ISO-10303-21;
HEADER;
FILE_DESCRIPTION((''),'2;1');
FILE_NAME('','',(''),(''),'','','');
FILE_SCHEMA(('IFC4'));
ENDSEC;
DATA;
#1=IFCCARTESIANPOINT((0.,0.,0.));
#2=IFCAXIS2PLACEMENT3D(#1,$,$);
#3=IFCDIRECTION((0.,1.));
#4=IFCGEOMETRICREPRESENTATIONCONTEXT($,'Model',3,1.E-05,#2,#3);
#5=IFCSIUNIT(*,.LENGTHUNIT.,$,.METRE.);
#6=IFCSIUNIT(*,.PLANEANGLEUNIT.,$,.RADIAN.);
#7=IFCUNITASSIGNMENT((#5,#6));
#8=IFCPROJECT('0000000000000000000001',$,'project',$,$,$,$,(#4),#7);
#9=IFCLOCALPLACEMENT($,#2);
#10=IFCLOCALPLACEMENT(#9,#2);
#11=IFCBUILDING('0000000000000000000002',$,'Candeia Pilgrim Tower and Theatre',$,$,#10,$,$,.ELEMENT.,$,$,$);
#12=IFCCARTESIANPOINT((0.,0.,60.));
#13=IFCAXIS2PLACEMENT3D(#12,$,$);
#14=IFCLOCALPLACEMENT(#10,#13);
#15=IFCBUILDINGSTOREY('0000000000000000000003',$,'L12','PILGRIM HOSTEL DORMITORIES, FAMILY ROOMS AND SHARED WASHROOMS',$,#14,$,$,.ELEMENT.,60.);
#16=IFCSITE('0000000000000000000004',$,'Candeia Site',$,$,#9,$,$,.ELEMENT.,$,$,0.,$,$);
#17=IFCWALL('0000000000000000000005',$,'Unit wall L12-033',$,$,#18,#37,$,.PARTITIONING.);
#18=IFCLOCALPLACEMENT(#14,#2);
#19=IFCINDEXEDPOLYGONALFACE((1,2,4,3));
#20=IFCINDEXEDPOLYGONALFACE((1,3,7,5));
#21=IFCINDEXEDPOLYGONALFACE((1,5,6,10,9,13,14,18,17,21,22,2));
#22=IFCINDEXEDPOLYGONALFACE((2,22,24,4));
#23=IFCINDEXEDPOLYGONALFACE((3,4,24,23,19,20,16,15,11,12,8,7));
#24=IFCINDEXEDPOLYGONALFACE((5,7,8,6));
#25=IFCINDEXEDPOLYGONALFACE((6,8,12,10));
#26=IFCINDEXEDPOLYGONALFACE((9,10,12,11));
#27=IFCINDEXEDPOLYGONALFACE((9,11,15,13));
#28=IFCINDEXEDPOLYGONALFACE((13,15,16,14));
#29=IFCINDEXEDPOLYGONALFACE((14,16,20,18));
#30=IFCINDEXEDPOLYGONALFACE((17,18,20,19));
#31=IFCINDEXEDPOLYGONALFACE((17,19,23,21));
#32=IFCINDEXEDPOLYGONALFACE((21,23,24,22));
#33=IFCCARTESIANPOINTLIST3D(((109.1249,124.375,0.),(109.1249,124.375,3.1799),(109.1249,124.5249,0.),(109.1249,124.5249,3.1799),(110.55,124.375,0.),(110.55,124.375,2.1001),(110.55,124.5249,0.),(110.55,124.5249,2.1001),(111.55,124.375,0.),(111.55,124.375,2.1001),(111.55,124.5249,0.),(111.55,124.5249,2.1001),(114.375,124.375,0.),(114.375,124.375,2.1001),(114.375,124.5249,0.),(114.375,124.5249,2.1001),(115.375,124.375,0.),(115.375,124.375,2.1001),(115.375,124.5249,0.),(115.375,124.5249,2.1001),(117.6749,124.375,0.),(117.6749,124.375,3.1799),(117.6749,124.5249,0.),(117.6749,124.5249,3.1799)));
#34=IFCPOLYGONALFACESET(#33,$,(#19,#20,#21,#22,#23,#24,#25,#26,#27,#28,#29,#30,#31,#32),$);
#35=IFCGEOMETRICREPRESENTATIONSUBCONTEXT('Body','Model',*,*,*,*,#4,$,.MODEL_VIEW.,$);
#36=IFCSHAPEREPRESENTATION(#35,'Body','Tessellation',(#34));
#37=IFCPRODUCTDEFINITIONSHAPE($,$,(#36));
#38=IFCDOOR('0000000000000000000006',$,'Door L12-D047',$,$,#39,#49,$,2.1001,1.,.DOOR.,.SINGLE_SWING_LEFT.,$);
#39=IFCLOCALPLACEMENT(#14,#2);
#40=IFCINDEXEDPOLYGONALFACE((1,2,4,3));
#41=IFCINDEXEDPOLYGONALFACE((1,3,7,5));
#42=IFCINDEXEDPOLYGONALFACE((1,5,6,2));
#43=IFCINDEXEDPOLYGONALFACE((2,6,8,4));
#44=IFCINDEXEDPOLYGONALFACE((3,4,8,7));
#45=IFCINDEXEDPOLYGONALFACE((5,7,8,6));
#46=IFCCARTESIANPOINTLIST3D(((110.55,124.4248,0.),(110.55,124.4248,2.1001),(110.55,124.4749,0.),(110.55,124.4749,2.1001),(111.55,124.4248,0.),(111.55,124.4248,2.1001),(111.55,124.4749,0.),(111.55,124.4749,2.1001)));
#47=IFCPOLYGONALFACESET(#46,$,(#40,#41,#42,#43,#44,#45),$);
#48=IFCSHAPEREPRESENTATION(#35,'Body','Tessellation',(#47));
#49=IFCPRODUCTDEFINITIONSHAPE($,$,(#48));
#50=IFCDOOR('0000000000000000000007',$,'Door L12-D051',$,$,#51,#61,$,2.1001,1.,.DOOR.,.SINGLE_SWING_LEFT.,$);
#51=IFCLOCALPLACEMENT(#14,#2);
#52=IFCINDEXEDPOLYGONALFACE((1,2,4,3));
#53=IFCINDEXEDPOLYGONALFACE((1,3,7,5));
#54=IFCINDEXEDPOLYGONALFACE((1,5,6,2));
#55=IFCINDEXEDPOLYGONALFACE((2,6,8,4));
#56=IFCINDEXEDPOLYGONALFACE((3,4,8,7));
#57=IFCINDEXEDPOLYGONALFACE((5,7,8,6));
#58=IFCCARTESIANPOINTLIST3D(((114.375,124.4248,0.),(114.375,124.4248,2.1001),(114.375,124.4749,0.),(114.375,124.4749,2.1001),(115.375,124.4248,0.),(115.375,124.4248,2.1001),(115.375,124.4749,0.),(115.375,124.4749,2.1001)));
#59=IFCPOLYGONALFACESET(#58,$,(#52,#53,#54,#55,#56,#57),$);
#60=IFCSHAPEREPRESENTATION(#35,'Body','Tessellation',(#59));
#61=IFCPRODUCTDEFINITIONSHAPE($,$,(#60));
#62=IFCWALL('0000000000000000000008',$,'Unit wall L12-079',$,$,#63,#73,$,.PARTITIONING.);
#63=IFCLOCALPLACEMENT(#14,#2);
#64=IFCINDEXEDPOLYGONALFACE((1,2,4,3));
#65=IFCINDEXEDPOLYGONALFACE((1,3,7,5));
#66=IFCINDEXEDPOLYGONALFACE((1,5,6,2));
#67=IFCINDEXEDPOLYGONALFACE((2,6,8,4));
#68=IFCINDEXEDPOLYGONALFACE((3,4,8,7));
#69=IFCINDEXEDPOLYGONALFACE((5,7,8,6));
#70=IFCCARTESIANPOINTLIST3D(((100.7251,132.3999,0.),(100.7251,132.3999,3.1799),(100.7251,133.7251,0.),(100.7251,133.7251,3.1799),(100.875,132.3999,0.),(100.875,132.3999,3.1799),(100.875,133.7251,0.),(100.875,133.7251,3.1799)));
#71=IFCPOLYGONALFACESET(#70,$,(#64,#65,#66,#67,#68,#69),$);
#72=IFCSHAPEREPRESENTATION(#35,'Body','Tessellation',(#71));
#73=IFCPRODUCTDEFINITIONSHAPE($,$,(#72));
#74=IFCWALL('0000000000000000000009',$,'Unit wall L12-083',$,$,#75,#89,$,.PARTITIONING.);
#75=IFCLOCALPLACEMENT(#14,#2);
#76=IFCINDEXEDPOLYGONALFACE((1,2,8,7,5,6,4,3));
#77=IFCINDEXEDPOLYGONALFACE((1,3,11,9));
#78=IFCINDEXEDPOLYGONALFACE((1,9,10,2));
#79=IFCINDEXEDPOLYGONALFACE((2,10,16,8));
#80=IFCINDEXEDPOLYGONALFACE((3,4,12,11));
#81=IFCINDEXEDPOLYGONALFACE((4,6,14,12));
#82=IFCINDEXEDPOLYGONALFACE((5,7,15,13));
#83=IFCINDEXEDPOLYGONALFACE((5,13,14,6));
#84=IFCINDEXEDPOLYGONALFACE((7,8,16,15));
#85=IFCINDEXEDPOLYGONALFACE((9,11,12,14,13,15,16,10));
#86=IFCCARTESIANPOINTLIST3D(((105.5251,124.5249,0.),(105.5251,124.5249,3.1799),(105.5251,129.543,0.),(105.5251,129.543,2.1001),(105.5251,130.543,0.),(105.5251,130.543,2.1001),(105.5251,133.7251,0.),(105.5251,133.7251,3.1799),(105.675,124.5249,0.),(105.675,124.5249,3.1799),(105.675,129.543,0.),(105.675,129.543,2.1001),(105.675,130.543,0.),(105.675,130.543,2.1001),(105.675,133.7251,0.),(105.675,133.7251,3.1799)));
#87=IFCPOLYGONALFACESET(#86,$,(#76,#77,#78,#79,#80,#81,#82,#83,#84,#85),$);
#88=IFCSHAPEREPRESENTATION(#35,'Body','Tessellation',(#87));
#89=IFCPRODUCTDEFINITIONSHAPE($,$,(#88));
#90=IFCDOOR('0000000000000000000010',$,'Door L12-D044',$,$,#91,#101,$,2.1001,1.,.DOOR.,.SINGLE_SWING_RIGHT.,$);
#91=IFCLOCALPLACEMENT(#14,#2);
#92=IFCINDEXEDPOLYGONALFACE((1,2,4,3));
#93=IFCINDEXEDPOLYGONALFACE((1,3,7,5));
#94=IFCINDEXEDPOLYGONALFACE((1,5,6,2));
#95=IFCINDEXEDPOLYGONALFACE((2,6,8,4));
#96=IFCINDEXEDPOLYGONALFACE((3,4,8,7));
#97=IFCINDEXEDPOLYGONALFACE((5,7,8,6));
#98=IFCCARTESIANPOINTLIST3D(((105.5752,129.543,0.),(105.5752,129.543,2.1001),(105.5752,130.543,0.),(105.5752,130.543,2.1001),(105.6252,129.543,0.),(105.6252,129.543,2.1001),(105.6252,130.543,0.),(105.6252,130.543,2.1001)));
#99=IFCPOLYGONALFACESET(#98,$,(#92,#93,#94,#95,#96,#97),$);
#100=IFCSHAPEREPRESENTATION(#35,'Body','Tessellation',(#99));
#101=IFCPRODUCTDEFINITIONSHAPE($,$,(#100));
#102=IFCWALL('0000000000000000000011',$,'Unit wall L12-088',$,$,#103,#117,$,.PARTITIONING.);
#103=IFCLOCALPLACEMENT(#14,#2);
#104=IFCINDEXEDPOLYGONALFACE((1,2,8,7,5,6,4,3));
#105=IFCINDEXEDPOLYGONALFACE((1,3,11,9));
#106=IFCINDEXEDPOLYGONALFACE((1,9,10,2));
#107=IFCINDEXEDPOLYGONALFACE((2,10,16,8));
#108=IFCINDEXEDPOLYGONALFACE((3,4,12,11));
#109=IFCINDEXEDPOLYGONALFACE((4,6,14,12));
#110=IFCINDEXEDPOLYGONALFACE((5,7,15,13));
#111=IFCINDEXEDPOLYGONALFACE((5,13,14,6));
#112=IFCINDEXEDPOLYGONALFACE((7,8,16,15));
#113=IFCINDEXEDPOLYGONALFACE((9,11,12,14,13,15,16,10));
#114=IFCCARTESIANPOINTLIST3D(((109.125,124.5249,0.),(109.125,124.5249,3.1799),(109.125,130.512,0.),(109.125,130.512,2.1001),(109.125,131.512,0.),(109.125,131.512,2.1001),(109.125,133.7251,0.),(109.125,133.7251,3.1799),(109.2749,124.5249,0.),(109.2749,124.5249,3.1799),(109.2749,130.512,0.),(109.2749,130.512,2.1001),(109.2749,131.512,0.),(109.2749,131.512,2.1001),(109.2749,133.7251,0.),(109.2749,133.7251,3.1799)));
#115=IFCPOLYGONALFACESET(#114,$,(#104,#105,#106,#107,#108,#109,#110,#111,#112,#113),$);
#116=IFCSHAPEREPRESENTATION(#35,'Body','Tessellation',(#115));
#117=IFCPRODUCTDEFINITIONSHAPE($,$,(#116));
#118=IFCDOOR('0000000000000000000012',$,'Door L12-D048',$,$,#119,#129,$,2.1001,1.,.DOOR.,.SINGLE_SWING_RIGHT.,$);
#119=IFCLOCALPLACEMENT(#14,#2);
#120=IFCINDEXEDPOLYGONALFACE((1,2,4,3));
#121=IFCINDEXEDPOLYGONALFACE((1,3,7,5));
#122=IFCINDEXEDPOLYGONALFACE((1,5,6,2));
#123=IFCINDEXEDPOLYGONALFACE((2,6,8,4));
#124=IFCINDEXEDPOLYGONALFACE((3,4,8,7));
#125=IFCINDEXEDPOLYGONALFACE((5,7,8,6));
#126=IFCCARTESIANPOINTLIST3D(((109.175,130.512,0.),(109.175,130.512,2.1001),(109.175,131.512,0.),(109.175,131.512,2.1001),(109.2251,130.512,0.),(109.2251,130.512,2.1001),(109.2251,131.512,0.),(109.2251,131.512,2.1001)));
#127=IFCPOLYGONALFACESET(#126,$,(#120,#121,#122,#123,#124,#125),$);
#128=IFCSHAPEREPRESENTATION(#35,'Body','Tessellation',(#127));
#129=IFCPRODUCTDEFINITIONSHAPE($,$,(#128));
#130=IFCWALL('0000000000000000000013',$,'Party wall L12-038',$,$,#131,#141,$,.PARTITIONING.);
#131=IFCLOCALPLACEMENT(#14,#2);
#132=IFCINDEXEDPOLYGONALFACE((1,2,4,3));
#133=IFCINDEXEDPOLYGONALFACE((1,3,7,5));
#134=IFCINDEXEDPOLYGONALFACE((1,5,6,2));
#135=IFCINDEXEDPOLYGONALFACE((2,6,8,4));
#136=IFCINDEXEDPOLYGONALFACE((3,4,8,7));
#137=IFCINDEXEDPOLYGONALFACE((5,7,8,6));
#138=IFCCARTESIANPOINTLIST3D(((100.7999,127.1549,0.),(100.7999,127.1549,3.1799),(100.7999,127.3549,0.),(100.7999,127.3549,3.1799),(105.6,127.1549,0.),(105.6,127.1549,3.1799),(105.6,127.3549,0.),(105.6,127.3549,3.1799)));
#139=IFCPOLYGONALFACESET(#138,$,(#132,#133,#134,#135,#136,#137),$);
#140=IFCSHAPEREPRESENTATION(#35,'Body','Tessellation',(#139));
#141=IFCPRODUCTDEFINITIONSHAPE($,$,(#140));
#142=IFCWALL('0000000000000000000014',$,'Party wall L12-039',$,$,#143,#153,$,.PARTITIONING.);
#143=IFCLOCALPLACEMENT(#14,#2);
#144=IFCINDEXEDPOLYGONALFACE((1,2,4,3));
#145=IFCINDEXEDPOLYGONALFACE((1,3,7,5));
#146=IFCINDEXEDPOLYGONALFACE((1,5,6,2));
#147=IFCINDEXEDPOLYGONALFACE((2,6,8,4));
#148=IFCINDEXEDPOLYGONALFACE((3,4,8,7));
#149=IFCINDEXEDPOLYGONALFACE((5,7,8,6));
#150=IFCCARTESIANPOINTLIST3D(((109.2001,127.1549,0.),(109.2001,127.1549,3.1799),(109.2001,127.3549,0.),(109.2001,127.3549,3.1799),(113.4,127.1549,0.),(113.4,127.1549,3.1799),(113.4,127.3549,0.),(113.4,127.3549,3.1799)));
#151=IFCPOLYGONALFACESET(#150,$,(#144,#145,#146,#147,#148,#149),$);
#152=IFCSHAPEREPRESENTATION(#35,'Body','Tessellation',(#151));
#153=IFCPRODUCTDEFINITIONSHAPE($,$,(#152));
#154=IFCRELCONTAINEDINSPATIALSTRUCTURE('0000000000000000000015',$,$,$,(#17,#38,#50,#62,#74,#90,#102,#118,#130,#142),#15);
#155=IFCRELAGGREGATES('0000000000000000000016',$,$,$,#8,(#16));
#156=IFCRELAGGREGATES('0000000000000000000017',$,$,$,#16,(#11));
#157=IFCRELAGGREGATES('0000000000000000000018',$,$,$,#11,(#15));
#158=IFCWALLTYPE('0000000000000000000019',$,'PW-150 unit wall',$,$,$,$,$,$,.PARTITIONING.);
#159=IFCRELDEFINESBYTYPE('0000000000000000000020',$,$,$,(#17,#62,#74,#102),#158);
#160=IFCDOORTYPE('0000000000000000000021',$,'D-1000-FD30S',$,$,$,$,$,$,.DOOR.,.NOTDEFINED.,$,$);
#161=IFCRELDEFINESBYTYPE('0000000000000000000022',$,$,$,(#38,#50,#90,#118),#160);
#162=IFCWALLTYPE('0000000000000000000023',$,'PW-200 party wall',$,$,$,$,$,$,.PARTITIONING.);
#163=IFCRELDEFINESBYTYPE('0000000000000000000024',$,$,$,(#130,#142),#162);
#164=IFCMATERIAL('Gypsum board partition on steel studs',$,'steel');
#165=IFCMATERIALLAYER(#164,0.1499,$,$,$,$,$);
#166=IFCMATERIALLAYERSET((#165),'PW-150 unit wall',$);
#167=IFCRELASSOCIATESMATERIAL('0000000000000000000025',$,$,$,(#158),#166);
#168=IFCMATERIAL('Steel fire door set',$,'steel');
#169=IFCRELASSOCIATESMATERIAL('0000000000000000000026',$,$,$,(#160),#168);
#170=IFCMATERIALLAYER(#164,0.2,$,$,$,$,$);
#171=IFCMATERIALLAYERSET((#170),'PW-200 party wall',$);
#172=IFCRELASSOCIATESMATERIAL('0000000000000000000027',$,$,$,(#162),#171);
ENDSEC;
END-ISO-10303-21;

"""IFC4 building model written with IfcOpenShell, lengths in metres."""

from ifc_helpers import new_model, si_unit, direction, frame, frame_2d, origin, place, context, subcontext, project, spatial, rectangle, extrude, material, layer, layer_set, type_object, element, fill, save


model = new_model("IFC4")

# Units and contexts
model_context = context("Model", 3, precision=1e-05, world=origin(), true_north=direction((0.0, 1.0)))
body_context = subcontext(model_context, "Body", "Model", "MODEL_VIEW")
ifc_project = project(units=[si_unit("LENGTHUNIT", "METRE"), si_unit("PLANEANGLEUNIT", "RADIAN")], contexts=[model_context])

# Site, building, storey
site_placement = place(None, origin())
site = spatial("IfcSite", under=ifc_project, at=site_placement, Name="Candeia Site", CompositionType="ELEMENT", RefElevation=0.0)
building_placement = place(site_placement, origin())
building = spatial("IfcBuilding", under=site, at=building_placement, Name="Candeia Pilgrim Tower and Theatre", CompositionType="ELEMENT")
storey_placement = place(building_placement, frame((0.0, 0.0, 60.0)))
storey = spatial("IfcBuildingStorey", under=building, at=storey_placement, Name="L12", Description="PILGRIM HOSTEL DORMITORIES, FAMILY ROOMS AND SHARED WASHROOMS", CompositionType="ELEMENT", Elevation=60.0)

# Shared definitions
ifc_material_1 = material(Name="Steel fire door set", Category="steel")
ifc_material_2 = material(Name="Gypsum board partition on steel studs", Category="steel")

# Shared definitions
ifc_layer_1 = layer(ifc_material_2, 0.1499)
ifc_layer_set_1 = layer_set([ifc_layer_1], Name="PW-150 unit wall")
wall_type_1 = type_object("IfcWallType", Name="PW-150 unit wall", PredefinedType="PARTITIONING", material=ifc_layer_set_1)

# Shared definitions
door_type_1 = type_object("IfcDoorType", Name="D-1000-FD30S", OperationType="NOTDEFINED", PredefinedType="DOOR", material=ifc_material_1)

# Wall, openings, doors
wall_1_placement = place(storey_placement, frame((109.125, 124.45, 0.0), z_axis=(0.0, 0.0, 1.0), x_axis=(1.0, 0.0, 0.0)))
wall_1 = element("IfcWall", 1, at=wall_1_placement, inside=storey, type_object=wall_type_1, Name="Unit wall L12-033", PredefinedType="PARTITIONING", context=body_context, shape_type="SweptSolid", body=[
    extrude(rectangle(XDim=8.55, YDim=0.1499, at=frame_2d((4.2749, 0.0))), origin(), (0.0, 0.0, 1.0), 3.1799),
])
opening_1_placement = place(wall_1_placement, frame((1.425, 0.0, 0.0)))
opening_1 = element("IfcOpeningElement", 2, at=opening_1_placement, cuts=wall_1, PredefinedType="OPENING", context=body_context, shape_type="SweptSolid", body=[
    extrude(rectangle(XDim=1.0, YDim=2.1001, at=frame_2d((0.5, 1.05))), frame((0.0, 0.085, 0.0), z_axis=(0.0, -1.0, 0.0), x_axis=(1.0, 0.0, 0.0)), (0.0, 0.0, 1.0), 0.1699),
])
opening_2_placement = place(wall_1_placement, frame((5.25, 0.0, 0.0)))
opening_2 = element("IfcOpeningElement", 3, at=opening_2_placement, cuts=wall_1, PredefinedType="OPENING", context=body_context, shape_type="SweptSolid", body=[
    extrude(rectangle(XDim=1.0, YDim=2.1001, at=frame_2d((0.5, 1.05))), frame((0.0, 0.085, 0.0), z_axis=(0.0, -1.0, 0.0), x_axis=(1.0, 0.0, 0.0)), (0.0, 0.0, 1.0), 0.1699),
])
door_1_placement = place(opening_1_placement, origin())
door_1 = element("IfcDoor", 4, at=door_1_placement, inside=storey, type_object=door_type_1, Name="Door L12-D047", OperationType="SINGLE_SWING_LEFT", OverallHeight=2.1001, OverallWidth=1.0, PredefinedType="DOOR", context=body_context, shape_type="SweptSolid", body=[
    extrude(rectangle(XDim=1.0, YDim=2.1001, at=frame_2d((0.5, 1.05))), frame((0.0, 0.0249, 0.0), z_axis=(0.0, -1.0, 0.0), x_axis=(1.0, 0.0, 0.0)), (0.0, 0.0, 1.0), 0.05),
])
fill(opening_1, door_1)
door_2_placement = place(opening_2_placement, origin())
door_2 = element("IfcDoor", 5, at=door_2_placement, inside=storey, type_object=door_type_1, Name="Door L12-D051", OperationType="SINGLE_SWING_LEFT", OverallHeight=2.1001, OverallWidth=1.0, PredefinedType="DOOR", context=body_context, shape_type="SweptSolid", body=[
    extrude(rectangle(XDim=1.0, YDim=2.1001, at=frame_2d((0.5, 1.05))), frame((0.0, 0.0249, 0.0), z_axis=(0.0, -1.0, 0.0), x_axis=(1.0, 0.0, 0.0)), (0.0, 0.0, 1.0), 0.05),
])
fill(opening_2, door_2)

# Wall
wall_2_placement = place(storey_placement, frame((100.8, 132.3999, 0.0), z_axis=(0.0, 0.0, 1.0), x_axis=(0.0, 1.0, 0.0)))
element("IfcWall", 6, at=wall_2_placement, inside=storey, type_object=wall_type_1, Name="Unit wall L12-079", PredefinedType="PARTITIONING", context=body_context, shape_type="SweptSolid", body=[
    extrude(rectangle(XDim=1.3252, YDim=0.1499, at=frame_2d((0.6626, 0.0))), origin(), (0.0, 0.0, 1.0), 3.1799),
])

# Walls, openings, doors
wall_3_placement = place(storey_placement, frame((105.6001, 124.5249, 0.0), z_axis=(0.0, 0.0, 1.0), x_axis=(0.0, 1.0, 0.0)))
wall_3 = element("IfcWall", 7, at=wall_3_placement, inside=storey, type_object=wall_type_1, Name="Unit wall L12-083", PredefinedType="PARTITIONING", context=body_context, shape_type="SweptSolid", body=[
    extrude(rectangle(XDim=9.2002, YDim=0.1499, at=frame_2d((4.6001, 0.0))), origin(), (0.0, 0.0, 1.0), 3.1799),
])
opening_3_placement = place(wall_3_placement, frame((5.0181, 0.0, 0.0)))
opening_3 = element("IfcOpeningElement", 8, at=opening_3_placement, cuts=wall_3, PredefinedType="OPENING", context=body_context, shape_type="SweptSolid", body=[
    extrude(rectangle(XDim=1.0, YDim=2.1001, at=frame_2d((0.5, 1.05))), frame((0.0, 0.085, 0.0), z_axis=(0.0, -1.0, 0.0), x_axis=(1.0, 0.0, 0.0)), (0.0, 0.0, 1.0), 0.1699),
])
door_3_placement = place(opening_3_placement, origin())
door_3 = element("IfcDoor", 9, at=door_3_placement, inside=storey, type_object=door_type_1, Name="Door L12-D044", OperationType="SINGLE_SWING_RIGHT", OverallHeight=2.1001, OverallWidth=1.0, PredefinedType="DOOR", context=body_context, shape_type="SweptSolid", body=[
    extrude(rectangle(XDim=1.0, YDim=2.1001, at=frame_2d((0.5, 1.05))), frame((0.0, 0.0249, 0.0), z_axis=(0.0, -1.0, 0.0), x_axis=(1.0, 0.0, 0.0)), (0.0, 0.0, 1.0), 0.05),
])
fill(opening_3, door_3)
wall_4_placement = place(storey_placement, frame((109.2, 124.5249, 0.0), z_axis=(0.0, 0.0, 1.0), x_axis=(0.0, 1.0, 0.0)))
wall_4 = element("IfcWall", 10, at=wall_4_placement, inside=storey, type_object=wall_type_1, Name="Unit wall L12-088", PredefinedType="PARTITIONING", context=body_context, shape_type="SweptSolid", body=[
    extrude(rectangle(XDim=9.2002, YDim=0.1499, at=frame_2d((4.6001, 0.0))), origin(), (0.0, 0.0, 1.0), 3.1799),
])
opening_4_placement = place(wall_4_placement, frame((5.9871, 0.0, 0.0)))
opening_4 = element("IfcOpeningElement", 11, at=opening_4_placement, cuts=wall_4, PredefinedType="OPENING", context=body_context, shape_type="SweptSolid", body=[
    extrude(rectangle(XDim=1.0, YDim=2.1001, at=frame_2d((0.5, 1.05))), frame((0.0, 0.085, 0.0), z_axis=(0.0, -1.0, 0.0), x_axis=(1.0, 0.0, 0.0)), (0.0, 0.0, 1.0), 0.1699),
])
door_4_placement = place(opening_4_placement, origin())
door_4 = element("IfcDoor", 12, at=door_4_placement, inside=storey, type_object=door_type_1, Name="Door L12-D048", OperationType="SINGLE_SWING_RIGHT", OverallHeight=2.1001, OverallWidth=1.0, PredefinedType="DOOR", context=body_context, shape_type="SweptSolid", body=[
    extrude(rectangle(XDim=1.0, YDim=2.1001, at=frame_2d((0.5, 1.05))), frame((0.0, 0.0249, 0.0), z_axis=(0.0, -1.0, 0.0), x_axis=(1.0, 0.0, 0.0)), (0.0, 0.0, 1.0), 0.05),
])
fill(opening_4, door_4)

# Walls
ifc_layer_2 = layer(ifc_material_2, 0.2)
ifc_layer_set_2 = layer_set([ifc_layer_2], Name="PW-200 party wall")
wall_type_2 = type_object("IfcWallType", Name="PW-200 party wall", PredefinedType="PARTITIONING", material=ifc_layer_set_2)
wall_5_placement = place(storey_placement, frame((100.8, 127.2549, 0.0), z_axis=(0.0, 0.0, 1.0), x_axis=(1.0, 0.0, 0.0)))
element("IfcWall", 13, at=wall_5_placement, inside=storey, type_object=wall_type_2, Name="Party wall L12-038", PredefinedType="PARTITIONING", context=body_context, shape_type="SweptSolid", body=[
    extrude(rectangle(XDim=4.8, YDim=0.2, at=frame_2d((2.3999, 0.0))), origin(), (0.0, 0.0, 1.0), 3.1799),
])
wall_6_placement = place(storey_placement, frame((109.2, 127.2549, 0.0), z_axis=(0.0, 0.0, 1.0), x_axis=(1.0, 0.0, 0.0)))
element("IfcWall", 14, at=wall_6_placement, inside=storey, type_object=wall_type_2, Name="Party wall L12-039", PredefinedType="PARTITIONING", context=body_context, shape_type="SweptSolid", body=[
    extrude(rectangle(XDim=4.2, YDim=0.2, at=frame_2d((2.1001, 0.0))), origin(), (0.0, 0.0, 1.0), 3.1799),
])

save(model, "model.ifc")
